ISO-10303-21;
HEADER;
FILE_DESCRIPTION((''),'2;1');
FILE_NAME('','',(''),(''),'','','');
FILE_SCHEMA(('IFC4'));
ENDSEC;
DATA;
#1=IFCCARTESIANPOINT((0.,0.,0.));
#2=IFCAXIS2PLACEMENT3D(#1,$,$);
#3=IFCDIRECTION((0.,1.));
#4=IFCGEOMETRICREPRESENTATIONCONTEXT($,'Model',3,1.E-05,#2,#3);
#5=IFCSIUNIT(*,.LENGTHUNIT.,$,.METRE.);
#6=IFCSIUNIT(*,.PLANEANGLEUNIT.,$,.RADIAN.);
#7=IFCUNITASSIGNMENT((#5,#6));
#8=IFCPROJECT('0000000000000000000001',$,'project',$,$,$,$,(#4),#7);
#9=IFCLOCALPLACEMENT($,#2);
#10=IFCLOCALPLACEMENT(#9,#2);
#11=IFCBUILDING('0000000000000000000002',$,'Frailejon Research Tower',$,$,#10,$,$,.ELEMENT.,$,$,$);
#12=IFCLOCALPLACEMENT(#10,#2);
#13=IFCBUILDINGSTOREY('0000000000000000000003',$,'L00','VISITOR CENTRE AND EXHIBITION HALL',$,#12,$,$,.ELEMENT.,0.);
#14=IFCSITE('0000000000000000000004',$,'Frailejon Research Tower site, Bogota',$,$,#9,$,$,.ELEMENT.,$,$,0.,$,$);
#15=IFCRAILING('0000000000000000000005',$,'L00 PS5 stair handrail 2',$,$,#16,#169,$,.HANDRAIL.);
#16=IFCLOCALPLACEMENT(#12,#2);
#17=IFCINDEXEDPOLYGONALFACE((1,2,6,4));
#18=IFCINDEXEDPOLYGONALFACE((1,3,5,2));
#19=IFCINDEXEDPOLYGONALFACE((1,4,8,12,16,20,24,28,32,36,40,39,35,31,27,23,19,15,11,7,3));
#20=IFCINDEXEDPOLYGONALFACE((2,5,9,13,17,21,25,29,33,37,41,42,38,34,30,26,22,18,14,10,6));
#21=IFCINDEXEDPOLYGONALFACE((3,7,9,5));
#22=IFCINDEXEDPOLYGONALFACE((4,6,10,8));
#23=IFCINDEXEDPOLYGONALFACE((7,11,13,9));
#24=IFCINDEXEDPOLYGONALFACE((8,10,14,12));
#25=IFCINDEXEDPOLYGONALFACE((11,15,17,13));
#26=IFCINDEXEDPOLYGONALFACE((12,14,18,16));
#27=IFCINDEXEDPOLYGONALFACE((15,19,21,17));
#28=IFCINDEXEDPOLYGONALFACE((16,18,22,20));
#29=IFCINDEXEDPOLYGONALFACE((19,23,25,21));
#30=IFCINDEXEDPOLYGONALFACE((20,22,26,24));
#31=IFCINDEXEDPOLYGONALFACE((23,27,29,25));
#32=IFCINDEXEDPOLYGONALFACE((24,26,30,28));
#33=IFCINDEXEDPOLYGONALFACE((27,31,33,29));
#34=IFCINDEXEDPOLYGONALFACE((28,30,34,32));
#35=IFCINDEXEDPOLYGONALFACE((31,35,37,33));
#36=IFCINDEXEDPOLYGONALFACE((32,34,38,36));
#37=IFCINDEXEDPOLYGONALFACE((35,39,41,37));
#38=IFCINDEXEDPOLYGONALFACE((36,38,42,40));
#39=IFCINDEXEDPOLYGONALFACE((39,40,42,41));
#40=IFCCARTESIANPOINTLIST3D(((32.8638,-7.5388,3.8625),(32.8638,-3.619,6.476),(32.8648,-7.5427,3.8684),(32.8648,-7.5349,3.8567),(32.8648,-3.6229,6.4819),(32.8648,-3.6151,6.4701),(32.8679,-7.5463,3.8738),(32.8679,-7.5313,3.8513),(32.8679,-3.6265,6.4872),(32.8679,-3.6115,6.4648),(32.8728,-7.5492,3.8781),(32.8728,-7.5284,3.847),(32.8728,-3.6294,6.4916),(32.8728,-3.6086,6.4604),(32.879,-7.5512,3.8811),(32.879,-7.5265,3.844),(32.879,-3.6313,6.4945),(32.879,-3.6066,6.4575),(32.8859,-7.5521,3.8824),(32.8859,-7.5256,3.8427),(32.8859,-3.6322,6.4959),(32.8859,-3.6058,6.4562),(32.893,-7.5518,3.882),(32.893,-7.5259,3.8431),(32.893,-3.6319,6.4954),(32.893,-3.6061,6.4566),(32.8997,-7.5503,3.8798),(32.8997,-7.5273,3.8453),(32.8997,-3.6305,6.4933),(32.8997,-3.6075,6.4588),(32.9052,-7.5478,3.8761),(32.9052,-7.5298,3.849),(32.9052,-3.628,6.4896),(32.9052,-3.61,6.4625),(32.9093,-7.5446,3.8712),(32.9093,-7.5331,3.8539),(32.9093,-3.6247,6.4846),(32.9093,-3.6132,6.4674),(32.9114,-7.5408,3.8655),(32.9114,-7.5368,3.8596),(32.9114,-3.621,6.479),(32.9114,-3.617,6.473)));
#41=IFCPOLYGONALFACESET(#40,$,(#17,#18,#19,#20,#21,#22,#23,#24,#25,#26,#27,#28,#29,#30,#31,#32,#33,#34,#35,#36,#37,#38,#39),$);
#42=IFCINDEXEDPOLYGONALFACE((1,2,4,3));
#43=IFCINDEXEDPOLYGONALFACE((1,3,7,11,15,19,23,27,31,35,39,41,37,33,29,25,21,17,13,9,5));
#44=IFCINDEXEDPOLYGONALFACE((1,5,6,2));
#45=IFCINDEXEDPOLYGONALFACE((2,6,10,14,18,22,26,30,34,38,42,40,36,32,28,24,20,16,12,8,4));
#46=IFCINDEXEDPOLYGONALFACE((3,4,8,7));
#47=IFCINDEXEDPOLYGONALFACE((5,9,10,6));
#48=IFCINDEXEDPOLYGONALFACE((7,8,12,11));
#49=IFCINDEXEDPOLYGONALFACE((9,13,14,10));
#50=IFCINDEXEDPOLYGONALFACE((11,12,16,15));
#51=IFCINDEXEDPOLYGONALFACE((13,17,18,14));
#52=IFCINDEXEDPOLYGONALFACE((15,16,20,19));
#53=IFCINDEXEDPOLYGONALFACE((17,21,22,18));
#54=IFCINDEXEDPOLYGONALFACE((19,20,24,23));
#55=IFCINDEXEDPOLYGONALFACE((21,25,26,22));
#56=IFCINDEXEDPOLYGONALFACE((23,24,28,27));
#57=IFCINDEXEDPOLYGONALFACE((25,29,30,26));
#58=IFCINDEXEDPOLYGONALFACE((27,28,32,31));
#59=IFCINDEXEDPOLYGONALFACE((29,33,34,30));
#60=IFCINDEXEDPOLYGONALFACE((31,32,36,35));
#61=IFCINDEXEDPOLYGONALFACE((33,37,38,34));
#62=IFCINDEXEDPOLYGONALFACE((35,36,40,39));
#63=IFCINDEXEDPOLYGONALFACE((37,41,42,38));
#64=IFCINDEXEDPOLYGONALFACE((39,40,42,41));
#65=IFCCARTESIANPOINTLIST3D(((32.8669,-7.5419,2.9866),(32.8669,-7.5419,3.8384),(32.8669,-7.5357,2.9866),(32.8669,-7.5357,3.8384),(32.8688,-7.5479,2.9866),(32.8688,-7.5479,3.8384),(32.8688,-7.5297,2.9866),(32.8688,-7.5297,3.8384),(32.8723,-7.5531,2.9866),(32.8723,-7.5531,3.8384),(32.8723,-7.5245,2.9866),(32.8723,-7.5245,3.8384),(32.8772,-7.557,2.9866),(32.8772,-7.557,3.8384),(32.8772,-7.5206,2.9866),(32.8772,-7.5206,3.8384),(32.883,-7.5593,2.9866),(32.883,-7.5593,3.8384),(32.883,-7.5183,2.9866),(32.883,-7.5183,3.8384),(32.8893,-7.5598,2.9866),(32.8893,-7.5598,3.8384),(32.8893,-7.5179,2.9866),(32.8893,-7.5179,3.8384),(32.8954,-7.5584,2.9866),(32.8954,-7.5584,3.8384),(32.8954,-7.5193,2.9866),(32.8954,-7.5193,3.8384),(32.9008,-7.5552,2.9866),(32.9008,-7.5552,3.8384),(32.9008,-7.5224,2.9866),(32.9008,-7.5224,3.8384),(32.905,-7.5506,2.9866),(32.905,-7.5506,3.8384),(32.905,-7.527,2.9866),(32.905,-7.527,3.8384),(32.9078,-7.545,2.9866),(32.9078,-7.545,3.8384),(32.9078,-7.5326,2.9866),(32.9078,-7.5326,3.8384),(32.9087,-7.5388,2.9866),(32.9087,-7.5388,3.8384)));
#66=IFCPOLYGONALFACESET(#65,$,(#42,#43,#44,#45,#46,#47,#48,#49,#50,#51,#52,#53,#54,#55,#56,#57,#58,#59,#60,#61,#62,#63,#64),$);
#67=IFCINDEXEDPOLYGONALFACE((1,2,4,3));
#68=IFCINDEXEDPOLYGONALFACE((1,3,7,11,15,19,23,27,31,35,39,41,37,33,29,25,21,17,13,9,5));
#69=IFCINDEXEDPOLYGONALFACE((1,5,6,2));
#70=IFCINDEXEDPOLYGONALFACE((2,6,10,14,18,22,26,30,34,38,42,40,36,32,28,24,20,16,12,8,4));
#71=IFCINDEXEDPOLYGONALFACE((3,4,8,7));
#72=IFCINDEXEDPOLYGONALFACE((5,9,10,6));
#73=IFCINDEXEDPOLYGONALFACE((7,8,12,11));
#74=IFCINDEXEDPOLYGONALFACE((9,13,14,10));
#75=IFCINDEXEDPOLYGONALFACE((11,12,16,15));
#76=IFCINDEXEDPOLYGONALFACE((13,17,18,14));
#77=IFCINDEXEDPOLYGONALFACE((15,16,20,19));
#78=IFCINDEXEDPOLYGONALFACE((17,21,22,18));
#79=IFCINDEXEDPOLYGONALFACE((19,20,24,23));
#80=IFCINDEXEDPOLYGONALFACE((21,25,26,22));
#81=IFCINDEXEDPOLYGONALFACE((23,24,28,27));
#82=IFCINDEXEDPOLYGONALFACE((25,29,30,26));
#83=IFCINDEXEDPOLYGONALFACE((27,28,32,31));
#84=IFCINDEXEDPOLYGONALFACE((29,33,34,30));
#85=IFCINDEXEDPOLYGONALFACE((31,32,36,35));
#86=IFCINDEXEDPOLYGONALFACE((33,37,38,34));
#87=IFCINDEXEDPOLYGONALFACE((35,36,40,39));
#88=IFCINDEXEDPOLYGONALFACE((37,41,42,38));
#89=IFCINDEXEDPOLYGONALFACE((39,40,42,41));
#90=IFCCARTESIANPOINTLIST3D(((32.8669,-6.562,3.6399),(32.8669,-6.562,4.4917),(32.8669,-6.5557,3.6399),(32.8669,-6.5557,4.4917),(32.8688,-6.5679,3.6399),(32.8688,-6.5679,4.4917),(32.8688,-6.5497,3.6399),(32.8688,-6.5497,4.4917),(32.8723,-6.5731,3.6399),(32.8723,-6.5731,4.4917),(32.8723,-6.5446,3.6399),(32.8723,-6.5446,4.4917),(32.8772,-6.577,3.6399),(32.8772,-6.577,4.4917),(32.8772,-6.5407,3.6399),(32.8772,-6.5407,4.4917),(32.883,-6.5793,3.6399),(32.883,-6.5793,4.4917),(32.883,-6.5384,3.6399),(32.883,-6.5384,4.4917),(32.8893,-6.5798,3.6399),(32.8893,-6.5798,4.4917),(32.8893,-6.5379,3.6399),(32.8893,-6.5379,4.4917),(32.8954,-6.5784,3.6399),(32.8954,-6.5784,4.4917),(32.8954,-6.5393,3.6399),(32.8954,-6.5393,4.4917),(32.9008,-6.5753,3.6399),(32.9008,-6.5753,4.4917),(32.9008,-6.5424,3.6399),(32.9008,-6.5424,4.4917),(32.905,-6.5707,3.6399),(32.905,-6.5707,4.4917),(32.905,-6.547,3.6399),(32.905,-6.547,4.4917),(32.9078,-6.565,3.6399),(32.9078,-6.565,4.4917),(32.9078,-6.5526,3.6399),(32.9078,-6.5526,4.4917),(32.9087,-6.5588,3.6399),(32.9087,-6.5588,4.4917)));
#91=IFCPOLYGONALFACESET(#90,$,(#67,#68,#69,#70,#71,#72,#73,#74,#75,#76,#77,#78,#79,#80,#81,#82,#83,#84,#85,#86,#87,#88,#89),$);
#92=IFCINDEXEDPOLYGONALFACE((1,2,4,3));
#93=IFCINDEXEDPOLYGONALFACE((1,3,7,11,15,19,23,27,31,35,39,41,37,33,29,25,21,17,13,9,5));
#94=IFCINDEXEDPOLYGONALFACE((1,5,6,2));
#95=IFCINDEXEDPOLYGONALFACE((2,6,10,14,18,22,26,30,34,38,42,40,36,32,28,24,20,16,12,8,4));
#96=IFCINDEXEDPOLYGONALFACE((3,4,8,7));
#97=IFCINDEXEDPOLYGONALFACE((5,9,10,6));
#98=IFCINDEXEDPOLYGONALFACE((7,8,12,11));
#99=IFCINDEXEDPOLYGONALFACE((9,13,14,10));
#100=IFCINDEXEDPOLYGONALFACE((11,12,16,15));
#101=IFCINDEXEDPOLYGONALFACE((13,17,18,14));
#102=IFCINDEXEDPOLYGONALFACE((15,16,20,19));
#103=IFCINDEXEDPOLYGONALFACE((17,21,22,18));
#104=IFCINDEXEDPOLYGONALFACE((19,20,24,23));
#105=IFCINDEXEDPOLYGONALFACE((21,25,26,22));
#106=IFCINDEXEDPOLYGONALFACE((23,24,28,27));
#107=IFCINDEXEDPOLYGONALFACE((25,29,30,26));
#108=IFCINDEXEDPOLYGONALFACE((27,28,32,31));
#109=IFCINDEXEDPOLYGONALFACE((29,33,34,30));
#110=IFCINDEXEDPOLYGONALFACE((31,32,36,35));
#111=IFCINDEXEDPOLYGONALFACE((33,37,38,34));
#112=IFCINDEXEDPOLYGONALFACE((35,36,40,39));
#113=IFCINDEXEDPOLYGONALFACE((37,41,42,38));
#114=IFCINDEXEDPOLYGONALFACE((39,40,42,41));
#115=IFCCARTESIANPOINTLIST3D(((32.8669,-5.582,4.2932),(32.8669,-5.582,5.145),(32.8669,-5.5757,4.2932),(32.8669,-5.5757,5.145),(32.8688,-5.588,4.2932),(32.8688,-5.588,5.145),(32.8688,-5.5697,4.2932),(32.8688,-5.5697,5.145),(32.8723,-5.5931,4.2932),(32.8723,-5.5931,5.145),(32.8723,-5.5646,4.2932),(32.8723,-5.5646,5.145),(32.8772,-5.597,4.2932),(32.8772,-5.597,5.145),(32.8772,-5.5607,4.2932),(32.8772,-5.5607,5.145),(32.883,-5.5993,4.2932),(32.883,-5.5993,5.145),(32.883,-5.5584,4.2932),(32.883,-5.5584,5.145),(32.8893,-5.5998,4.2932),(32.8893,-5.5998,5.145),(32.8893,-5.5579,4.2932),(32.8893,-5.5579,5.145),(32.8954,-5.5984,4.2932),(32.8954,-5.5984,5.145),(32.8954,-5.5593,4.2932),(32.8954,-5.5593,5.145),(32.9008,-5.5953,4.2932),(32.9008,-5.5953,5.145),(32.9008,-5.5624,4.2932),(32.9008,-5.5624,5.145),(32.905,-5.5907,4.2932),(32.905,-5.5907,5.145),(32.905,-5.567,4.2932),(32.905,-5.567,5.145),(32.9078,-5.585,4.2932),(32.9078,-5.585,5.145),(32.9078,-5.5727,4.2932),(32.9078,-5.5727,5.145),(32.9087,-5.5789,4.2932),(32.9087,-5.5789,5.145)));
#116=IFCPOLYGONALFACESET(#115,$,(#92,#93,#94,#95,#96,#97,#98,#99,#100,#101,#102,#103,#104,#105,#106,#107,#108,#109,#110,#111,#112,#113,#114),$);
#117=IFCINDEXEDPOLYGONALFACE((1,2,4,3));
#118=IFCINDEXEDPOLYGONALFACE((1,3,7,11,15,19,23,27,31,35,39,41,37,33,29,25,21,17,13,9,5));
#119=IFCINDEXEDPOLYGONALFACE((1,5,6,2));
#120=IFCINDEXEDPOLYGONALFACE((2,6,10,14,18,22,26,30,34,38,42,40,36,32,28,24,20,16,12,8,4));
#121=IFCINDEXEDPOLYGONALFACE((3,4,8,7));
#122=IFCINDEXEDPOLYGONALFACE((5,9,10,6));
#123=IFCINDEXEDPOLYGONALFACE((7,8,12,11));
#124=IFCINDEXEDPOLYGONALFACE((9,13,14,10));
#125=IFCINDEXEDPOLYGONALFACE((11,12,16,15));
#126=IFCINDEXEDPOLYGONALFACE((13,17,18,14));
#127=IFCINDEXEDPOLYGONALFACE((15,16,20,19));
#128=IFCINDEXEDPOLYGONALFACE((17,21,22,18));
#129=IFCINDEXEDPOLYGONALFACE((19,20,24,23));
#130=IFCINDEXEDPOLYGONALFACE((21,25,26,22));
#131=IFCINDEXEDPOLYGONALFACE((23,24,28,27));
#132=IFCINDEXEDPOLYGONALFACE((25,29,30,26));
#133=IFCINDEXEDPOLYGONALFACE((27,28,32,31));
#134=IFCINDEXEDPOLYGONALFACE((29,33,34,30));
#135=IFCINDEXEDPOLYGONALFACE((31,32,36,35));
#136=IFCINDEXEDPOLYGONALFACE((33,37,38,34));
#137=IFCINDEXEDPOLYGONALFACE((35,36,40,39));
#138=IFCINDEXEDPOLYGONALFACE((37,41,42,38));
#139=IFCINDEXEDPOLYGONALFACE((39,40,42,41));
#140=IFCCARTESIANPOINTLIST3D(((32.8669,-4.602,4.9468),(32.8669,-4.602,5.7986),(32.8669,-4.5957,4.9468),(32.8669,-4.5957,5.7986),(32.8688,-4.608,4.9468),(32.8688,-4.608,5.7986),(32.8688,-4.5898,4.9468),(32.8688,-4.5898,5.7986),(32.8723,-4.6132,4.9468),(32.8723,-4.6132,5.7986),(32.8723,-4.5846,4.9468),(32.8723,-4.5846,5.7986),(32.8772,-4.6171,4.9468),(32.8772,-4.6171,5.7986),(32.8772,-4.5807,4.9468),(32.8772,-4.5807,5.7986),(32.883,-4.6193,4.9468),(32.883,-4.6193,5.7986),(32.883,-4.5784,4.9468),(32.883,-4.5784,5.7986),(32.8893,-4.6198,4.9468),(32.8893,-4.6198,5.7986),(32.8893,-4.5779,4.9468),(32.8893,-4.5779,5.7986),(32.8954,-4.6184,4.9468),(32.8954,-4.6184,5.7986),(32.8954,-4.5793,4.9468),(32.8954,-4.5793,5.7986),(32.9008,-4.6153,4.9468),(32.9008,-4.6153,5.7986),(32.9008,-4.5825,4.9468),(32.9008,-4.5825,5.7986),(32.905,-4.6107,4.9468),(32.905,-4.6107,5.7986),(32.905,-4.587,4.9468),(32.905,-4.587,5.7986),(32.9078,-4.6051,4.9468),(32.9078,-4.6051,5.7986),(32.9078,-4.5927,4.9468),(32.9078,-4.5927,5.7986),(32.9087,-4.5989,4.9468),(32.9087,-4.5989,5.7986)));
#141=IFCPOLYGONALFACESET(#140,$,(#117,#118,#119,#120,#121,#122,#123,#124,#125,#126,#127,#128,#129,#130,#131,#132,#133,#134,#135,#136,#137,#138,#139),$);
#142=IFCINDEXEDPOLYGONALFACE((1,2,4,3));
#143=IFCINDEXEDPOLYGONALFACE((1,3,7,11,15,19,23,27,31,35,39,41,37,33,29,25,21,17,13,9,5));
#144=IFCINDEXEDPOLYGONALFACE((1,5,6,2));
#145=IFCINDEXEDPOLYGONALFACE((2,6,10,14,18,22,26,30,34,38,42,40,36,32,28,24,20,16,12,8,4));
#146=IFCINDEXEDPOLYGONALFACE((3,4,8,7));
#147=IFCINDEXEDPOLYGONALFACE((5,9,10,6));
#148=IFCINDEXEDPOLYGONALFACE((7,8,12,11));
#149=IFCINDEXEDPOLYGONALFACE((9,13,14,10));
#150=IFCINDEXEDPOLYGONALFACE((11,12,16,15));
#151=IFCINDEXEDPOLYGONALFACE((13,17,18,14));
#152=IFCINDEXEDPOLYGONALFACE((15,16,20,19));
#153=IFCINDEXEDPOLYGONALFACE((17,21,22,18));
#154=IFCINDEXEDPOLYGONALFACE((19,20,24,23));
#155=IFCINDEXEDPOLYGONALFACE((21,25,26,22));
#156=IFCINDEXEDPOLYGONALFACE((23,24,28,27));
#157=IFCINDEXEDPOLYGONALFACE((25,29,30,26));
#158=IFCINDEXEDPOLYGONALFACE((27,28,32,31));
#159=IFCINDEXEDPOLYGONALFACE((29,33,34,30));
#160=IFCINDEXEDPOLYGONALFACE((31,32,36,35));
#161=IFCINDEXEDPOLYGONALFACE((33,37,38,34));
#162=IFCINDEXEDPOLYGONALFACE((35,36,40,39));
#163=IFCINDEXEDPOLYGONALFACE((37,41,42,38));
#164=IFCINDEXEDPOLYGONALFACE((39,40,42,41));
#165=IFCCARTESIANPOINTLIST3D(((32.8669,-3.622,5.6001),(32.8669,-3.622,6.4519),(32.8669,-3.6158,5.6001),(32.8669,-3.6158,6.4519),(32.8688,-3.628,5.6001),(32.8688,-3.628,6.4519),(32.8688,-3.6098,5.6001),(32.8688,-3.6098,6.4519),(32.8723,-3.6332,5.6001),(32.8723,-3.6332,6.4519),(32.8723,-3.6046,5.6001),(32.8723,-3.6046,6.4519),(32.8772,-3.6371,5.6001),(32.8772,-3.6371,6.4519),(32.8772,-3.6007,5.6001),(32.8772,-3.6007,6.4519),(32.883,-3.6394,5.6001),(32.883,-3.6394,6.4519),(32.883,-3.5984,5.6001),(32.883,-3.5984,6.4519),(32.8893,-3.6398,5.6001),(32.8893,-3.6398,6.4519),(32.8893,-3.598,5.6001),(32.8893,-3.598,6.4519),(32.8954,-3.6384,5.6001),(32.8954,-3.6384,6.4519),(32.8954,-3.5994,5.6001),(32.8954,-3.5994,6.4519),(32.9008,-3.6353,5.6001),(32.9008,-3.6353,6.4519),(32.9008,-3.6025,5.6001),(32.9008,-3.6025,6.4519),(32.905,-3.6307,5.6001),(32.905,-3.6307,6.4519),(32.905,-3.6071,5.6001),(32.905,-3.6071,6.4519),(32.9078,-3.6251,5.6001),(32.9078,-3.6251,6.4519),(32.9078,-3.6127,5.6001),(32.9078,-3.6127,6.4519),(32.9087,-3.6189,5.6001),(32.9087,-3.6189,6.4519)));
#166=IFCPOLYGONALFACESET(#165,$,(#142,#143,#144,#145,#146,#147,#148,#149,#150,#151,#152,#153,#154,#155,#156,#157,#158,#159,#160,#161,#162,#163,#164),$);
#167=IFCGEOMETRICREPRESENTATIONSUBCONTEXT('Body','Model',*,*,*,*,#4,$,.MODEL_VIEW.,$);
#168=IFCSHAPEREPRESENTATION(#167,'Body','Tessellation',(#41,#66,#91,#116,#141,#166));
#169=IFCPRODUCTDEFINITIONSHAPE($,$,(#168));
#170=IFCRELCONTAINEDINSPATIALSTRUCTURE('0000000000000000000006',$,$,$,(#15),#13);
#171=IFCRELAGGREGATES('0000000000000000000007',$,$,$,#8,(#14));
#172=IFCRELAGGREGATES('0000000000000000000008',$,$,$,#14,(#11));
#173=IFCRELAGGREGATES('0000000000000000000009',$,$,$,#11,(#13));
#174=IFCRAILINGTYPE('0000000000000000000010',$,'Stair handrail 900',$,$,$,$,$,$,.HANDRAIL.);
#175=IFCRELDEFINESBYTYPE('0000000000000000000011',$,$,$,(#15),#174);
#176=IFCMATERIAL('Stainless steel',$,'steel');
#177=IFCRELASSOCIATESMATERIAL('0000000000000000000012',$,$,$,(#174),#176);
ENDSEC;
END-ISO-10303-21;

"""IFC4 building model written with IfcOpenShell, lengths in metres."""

from ifc_helpers import new_model, si_unit, direction, frame, origin, origin_2d, place, context, subcontext, project, spatial, circle, extrude, material, type_object, element, save


model = new_model("IFC4")

# Units and contexts
model_context = context("Model", 3, precision=1e-05, world=origin(), true_north=direction((0.0, 1.0)))
body_context = subcontext(model_context, "Body", "Model", "MODEL_VIEW")
ifc_project = project(units=[si_unit("LENGTHUNIT", "METRE"), si_unit("PLANEANGLEUNIT", "RADIAN")], contexts=[model_context])

# Site, building, storey
site_placement = place(None, origin())
site = spatial("IfcSite", under=ifc_project, at=site_placement, Name="Frailejon Research Tower site, Bogota", CompositionType="ELEMENT", RefElevation=0.0)
building_placement = place(site_placement, origin())
building = spatial("IfcBuilding", under=site, at=building_placement, Name="Frailejon Research Tower", CompositionType="ELEMENT")
storey_placement = place(building_placement, origin())
storey = spatial("IfcBuildingStorey", under=building, at=storey_placement, Name="L00", Description="VISITOR CENTRE AND EXHIBITION HALL", CompositionType="ELEMENT", Elevation=0.0)

# Railing
ifc_material_1 = material(Name="Stainless steel", Category="steel")
railing_type_1 = type_object("IfcRailingType", Name="Stair handrail 900", PredefinedType="HANDRAIL", material=ifc_material_1)
railing_1_placement = place(storey_placement, frame((32.8877, -7.5388, 2.9866)))
element("IfcRailing", 1, at=railing_1_placement, inside=storey, type_object=railing_type_1, Name="L00 PS5 stair handrail 2", PredefinedType="HANDRAIL", context=body_context, shape_type="SweptSolid", body=[
    extrude(circle(Radius=0.0239, at=origin_2d()), frame((0.0, 0.0, 0.876), z_axis=(0.0, 0.832026, 0.554736), x_axis=(-1.0, 0.0, 0.0)), (0.0, 0.0, 1.0), 4.7112),
    extrude(circle(Radius=0.021, at=origin_2d()), origin(), (0.0, 0.0, 1.0), 0.8518),
    extrude(circle(Radius=0.021, at=origin_2d()), frame((0.0, 0.98, 0.6533)), (0.0, 0.0, 1.0), 0.8518),
    extrude(circle(Radius=0.021, at=origin_2d()), frame((0.0, 1.96, 1.3066)), (0.0, 0.0, 1.0), 0.8518),
    extrude(circle(Radius=0.021, at=origin_2d()), frame((0.0, 2.9399, 1.9602)), (0.0, 0.0, 1.0), 0.8518),
    extrude(circle(Radius=0.021, at=origin_2d()), frame((0.0, 3.9199, 2.6135)), (0.0, 0.0, 1.0), 0.8518),
])

save(model, "model.ifc")
